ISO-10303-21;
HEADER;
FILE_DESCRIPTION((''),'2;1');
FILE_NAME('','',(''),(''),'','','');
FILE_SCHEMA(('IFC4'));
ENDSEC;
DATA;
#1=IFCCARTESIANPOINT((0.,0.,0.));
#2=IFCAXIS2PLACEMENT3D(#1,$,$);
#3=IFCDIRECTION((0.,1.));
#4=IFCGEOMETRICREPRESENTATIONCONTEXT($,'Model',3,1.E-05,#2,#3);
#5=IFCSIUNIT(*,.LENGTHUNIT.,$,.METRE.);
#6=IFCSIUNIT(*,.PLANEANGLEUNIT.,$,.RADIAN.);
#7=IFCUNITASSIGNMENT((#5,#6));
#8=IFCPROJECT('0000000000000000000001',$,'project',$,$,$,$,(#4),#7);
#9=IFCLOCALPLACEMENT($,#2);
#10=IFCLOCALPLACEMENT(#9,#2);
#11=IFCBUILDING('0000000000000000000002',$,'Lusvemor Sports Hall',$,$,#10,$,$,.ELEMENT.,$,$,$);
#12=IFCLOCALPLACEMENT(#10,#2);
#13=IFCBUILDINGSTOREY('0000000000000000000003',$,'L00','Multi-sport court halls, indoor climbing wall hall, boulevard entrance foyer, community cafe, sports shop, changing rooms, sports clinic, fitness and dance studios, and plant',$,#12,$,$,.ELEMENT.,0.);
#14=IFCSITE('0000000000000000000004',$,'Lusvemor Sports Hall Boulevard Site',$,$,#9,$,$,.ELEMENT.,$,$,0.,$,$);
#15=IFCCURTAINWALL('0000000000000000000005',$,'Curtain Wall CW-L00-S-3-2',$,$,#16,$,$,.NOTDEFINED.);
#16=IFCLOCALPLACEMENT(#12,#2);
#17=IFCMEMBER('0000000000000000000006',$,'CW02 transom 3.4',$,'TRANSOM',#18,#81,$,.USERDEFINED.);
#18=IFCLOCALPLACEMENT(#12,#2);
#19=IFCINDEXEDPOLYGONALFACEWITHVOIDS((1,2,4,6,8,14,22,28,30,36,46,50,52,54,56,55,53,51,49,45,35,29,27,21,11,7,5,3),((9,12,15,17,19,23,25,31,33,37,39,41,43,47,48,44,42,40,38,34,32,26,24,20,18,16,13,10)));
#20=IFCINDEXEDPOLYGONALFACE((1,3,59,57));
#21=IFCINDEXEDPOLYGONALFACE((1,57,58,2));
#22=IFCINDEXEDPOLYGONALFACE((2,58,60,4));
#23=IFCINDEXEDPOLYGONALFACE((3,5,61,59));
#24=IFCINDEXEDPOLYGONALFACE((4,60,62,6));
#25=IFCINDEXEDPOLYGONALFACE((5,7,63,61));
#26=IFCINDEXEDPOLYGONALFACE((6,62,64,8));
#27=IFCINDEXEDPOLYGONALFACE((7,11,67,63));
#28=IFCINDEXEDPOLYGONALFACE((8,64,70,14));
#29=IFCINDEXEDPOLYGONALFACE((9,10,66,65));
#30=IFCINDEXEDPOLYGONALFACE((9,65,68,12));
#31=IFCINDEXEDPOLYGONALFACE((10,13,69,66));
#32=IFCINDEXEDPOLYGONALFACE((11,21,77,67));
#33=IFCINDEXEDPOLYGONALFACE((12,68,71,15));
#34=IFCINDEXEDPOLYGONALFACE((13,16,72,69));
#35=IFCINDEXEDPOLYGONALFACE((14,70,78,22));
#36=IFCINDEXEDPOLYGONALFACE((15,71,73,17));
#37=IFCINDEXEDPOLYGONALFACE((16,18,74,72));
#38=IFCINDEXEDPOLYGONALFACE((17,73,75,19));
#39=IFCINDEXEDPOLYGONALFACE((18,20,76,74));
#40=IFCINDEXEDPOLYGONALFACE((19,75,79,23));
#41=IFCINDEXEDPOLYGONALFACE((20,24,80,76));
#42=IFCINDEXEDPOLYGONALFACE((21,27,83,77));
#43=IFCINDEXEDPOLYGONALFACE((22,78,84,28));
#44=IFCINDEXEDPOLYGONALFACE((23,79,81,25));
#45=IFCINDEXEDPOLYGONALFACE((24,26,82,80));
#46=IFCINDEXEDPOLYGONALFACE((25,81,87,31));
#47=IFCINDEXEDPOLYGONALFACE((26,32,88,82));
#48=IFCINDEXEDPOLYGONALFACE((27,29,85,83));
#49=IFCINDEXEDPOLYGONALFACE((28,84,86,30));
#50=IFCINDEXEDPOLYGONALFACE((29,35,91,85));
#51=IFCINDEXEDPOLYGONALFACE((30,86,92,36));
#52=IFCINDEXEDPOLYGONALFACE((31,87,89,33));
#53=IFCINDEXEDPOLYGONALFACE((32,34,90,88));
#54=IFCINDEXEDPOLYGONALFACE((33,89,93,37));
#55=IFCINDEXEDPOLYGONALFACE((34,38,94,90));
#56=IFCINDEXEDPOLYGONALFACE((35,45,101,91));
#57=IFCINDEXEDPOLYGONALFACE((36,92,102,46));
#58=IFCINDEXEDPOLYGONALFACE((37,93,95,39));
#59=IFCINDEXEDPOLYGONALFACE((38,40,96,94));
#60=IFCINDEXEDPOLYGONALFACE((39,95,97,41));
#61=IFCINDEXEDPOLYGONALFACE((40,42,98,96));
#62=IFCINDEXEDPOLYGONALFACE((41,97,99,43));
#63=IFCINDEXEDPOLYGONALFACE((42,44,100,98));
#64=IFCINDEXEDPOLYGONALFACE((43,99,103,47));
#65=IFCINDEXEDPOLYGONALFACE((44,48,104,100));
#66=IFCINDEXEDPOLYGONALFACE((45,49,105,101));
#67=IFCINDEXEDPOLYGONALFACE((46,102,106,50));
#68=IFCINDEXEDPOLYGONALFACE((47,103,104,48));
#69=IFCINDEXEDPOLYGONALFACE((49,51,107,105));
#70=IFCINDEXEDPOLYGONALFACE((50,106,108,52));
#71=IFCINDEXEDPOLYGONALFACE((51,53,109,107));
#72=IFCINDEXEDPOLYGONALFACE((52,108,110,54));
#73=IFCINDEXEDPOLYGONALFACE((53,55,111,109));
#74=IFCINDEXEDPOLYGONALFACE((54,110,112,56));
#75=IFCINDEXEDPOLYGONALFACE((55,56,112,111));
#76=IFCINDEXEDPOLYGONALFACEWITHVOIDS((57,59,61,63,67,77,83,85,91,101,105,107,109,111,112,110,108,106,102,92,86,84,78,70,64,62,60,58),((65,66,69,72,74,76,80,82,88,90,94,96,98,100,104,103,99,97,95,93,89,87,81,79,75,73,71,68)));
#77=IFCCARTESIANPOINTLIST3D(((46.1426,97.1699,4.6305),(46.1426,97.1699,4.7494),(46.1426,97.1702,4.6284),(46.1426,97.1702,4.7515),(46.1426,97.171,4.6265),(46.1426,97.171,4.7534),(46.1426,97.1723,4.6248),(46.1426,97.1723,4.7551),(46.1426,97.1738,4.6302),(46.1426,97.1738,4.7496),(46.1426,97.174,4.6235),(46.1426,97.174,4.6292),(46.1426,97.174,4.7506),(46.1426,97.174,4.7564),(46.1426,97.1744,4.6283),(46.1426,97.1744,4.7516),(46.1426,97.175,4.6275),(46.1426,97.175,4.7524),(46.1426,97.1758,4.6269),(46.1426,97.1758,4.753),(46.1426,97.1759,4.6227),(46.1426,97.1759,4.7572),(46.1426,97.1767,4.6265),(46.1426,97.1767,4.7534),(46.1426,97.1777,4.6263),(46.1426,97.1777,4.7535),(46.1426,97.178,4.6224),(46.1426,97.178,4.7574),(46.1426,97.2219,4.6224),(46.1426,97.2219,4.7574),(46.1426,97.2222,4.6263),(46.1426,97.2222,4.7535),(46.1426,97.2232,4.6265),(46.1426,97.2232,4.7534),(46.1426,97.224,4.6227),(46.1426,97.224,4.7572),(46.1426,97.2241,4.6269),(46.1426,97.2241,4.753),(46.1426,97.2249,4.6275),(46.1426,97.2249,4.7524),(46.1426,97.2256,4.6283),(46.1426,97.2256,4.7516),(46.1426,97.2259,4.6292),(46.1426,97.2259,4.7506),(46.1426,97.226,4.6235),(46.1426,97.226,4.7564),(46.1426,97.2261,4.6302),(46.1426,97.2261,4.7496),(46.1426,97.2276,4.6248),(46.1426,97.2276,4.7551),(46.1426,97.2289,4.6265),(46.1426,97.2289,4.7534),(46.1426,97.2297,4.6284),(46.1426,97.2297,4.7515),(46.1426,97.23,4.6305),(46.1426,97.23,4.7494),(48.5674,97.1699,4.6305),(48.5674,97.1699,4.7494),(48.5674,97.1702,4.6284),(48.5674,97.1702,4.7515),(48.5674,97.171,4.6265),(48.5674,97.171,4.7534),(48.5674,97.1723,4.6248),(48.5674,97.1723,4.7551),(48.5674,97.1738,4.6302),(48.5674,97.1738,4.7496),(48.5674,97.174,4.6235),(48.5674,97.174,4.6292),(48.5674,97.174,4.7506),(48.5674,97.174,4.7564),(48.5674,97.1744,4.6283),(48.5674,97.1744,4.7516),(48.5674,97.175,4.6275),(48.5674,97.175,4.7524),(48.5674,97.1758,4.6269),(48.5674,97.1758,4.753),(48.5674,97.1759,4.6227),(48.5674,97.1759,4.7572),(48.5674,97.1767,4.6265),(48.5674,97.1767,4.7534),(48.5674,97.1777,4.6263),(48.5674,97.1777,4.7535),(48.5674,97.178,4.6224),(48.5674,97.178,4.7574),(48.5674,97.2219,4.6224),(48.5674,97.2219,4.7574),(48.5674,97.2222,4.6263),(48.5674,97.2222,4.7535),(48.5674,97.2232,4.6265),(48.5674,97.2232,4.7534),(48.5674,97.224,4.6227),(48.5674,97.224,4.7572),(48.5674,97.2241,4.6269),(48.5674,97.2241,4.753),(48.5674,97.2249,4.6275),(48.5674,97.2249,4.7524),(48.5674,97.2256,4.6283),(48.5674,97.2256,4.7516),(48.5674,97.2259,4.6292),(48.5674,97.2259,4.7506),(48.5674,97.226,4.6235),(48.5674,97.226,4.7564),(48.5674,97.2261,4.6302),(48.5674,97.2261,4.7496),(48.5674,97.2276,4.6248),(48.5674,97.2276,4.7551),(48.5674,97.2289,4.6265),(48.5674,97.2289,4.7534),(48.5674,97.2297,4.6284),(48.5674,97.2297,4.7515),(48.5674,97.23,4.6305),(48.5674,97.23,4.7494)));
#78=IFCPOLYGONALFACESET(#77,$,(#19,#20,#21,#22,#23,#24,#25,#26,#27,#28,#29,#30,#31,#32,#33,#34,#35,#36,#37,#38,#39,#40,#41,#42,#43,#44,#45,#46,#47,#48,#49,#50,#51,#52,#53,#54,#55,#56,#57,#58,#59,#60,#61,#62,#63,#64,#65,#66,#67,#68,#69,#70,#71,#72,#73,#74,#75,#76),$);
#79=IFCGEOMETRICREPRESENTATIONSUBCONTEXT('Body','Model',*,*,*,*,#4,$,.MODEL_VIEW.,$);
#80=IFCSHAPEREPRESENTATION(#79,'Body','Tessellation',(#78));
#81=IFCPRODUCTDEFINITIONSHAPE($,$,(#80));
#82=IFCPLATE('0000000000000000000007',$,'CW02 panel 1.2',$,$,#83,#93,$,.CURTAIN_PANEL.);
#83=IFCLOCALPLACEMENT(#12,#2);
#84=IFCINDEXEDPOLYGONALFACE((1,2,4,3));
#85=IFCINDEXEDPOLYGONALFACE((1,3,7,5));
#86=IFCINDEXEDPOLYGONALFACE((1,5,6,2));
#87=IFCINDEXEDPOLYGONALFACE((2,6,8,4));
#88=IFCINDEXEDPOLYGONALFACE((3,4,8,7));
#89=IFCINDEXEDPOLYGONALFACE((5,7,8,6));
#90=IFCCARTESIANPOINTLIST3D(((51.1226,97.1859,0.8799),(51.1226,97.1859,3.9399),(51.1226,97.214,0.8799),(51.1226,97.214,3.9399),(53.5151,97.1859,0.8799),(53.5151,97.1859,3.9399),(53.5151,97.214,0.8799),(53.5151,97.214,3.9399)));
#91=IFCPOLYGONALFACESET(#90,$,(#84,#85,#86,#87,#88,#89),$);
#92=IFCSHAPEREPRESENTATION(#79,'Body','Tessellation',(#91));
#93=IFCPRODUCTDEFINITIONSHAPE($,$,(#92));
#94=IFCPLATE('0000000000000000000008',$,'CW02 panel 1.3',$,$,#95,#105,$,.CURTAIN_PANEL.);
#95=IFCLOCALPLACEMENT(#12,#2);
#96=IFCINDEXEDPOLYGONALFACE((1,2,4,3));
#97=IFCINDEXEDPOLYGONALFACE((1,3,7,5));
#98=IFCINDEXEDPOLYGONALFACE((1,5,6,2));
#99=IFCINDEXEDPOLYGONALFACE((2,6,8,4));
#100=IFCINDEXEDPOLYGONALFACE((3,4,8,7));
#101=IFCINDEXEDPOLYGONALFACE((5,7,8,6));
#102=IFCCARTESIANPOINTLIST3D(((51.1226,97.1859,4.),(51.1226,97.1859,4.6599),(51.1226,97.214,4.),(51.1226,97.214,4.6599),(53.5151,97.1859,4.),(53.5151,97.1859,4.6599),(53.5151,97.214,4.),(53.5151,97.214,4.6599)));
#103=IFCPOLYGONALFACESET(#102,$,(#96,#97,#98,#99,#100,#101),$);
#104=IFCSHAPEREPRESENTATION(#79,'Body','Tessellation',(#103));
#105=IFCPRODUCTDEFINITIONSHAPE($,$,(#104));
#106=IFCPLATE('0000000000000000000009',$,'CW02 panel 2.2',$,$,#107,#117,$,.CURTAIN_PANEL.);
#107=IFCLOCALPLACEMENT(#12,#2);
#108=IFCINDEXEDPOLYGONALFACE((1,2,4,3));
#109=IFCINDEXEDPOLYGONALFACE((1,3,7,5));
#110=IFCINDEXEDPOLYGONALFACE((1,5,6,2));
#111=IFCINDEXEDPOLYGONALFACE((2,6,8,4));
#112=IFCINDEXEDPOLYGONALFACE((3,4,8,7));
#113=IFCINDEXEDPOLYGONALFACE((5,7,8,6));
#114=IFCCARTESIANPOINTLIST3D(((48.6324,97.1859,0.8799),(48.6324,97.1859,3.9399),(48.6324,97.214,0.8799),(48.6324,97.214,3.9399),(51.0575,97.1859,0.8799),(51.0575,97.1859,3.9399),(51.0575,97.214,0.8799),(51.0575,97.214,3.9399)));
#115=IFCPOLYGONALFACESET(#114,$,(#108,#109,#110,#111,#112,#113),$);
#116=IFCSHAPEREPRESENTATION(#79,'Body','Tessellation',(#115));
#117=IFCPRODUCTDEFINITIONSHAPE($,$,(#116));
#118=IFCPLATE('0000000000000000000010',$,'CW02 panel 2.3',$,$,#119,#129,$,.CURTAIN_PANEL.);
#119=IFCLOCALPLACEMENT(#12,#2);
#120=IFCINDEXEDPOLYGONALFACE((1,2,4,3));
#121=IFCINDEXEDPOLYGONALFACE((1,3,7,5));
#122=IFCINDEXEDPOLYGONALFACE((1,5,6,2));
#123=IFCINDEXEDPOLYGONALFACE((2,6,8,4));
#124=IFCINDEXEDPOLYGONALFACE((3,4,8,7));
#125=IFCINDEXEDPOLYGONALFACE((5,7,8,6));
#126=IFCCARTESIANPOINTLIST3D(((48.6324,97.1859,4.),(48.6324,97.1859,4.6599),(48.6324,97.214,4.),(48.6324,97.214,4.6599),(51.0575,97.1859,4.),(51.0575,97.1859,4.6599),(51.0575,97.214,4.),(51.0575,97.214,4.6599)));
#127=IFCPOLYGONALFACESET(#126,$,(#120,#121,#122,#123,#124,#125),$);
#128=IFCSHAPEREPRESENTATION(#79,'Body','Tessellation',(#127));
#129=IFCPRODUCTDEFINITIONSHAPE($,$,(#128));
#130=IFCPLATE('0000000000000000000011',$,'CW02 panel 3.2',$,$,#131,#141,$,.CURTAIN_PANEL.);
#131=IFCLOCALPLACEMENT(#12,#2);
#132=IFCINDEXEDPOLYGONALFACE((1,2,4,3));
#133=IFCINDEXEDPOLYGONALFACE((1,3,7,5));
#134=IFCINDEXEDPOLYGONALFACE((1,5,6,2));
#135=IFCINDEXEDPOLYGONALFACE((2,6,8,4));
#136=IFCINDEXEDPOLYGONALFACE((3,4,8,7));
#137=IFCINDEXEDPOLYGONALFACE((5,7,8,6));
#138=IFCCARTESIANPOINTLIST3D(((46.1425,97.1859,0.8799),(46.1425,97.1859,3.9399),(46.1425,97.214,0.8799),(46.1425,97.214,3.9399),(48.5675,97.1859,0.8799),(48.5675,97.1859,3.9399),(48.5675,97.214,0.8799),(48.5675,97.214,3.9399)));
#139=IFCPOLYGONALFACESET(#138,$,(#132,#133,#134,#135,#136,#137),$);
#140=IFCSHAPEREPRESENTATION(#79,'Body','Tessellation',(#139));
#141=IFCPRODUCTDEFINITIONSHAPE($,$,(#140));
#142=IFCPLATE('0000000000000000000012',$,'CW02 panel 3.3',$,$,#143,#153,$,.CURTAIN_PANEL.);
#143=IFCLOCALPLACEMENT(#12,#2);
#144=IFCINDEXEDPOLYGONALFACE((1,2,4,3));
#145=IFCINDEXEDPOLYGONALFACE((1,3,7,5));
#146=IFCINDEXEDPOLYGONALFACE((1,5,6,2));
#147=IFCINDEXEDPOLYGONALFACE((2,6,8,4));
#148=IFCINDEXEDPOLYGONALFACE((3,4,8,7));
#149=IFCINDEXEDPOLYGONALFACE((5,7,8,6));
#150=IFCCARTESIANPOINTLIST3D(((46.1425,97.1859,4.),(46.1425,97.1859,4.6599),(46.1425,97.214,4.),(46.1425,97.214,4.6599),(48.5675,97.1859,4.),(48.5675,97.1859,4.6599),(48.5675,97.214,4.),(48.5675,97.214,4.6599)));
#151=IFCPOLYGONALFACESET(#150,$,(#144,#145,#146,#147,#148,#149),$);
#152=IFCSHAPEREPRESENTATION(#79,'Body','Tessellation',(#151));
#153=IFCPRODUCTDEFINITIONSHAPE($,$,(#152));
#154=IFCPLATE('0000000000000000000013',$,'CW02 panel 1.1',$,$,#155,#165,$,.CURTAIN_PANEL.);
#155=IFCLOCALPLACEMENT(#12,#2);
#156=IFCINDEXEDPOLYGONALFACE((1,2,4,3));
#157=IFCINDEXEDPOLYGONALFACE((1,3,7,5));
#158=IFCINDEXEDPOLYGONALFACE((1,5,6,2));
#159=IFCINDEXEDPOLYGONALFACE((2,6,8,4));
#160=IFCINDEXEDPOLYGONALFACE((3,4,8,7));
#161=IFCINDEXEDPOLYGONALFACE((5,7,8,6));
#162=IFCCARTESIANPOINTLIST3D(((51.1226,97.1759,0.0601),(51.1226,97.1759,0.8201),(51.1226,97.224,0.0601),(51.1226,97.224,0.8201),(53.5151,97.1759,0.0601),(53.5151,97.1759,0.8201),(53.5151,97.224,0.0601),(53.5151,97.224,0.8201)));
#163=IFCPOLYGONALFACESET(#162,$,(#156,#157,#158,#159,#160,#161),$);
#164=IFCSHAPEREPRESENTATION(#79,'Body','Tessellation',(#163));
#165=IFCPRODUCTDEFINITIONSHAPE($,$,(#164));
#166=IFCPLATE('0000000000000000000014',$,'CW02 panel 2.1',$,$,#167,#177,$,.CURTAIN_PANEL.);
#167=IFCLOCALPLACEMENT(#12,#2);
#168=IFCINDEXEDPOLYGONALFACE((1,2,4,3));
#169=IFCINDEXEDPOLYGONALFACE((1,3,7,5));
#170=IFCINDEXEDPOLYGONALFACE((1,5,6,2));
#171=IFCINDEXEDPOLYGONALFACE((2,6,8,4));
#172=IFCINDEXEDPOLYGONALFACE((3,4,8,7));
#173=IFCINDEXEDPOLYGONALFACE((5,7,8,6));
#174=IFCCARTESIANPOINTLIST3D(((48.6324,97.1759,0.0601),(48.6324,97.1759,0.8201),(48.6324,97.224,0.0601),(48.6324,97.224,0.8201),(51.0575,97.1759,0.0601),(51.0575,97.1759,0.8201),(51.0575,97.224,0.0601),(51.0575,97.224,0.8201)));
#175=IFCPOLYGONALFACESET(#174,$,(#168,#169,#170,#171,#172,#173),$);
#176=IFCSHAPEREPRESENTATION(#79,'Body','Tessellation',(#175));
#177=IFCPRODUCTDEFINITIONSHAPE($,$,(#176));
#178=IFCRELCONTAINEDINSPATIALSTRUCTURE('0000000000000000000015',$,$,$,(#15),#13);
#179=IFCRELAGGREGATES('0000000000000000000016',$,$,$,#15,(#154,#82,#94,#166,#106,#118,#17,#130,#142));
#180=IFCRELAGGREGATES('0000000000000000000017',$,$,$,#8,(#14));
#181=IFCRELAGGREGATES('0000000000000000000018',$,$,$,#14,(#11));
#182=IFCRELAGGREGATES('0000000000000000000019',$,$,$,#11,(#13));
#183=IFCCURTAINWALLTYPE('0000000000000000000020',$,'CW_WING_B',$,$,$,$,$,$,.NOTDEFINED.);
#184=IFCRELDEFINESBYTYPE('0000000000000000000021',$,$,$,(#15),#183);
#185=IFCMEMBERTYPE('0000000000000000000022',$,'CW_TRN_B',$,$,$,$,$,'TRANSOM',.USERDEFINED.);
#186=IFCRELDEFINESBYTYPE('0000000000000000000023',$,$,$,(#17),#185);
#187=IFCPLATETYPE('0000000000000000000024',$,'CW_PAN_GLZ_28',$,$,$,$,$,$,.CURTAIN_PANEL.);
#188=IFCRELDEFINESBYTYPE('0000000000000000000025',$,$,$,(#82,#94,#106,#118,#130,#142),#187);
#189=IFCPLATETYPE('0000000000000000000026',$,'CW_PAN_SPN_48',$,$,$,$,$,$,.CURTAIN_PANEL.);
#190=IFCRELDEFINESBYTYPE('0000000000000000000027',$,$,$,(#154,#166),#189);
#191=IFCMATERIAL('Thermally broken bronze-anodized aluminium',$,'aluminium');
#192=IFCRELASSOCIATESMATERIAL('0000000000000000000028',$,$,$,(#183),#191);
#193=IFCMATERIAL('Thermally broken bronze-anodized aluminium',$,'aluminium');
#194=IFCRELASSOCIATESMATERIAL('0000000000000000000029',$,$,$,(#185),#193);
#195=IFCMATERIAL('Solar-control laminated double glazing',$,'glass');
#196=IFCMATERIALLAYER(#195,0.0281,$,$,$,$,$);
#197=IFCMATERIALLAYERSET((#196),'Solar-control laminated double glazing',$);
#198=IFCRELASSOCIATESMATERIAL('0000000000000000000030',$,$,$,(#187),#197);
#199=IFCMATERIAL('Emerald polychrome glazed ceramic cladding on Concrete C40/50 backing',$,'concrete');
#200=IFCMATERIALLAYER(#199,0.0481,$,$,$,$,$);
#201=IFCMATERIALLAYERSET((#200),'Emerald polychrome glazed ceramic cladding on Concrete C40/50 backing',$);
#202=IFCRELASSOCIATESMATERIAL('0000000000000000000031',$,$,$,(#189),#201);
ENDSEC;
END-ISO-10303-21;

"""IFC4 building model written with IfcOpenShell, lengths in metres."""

from ifc_helpers import new_model, si_unit, direction, frame, origin, origin_2d, place, context, subcontext, project, spatial, rectangle, hollow_rectangle, extrude, material, layer, layer_set, material_profile, profile_set, type_object, element, aggregate, save


model = new_model("IFC4")

# Units and contexts
model_context = context("Model", 3, precision=1e-05, world=origin(), true_north=direction((0.0, 1.0)))
body_context = subcontext(model_context, "Body", "Model", "MODEL_VIEW")
ifc_project = project(units=[si_unit("LENGTHUNIT", "METRE"), si_unit("PLANEANGLEUNIT", "RADIAN")], contexts=[model_context])

# Site, building, storey
site_placement = place(None, origin())
site = spatial("IfcSite", under=ifc_project, at=site_placement, Name="Lusvemor Sports Hall Boulevard Site", CompositionType="ELEMENT", RefElevation=0.0)
building_placement = place(site_placement, origin())
building = spatial("IfcBuilding", under=site, at=building_placement, Name="Lusvemor Sports Hall", CompositionType="ELEMENT")
storey_placement = place(building_placement, origin())
storey = spatial("IfcBuildingStorey", under=building, at=storey_placement, Name="L00", Description="Multi-sport court halls, indoor climbing wall hall, boulevard entrance foyer, community cafe, sports shop, changing rooms, sports clinic, fitness and dance studios, and plant", CompositionType="ELEMENT", Elevation=0.0)

# Curtain wall
ifc_material_1 = material(Name="Thermally broken bronze-anodized aluminium", Category="aluminium")
curtain_wall_type = type_object("IfcCurtainWallType", Name="CW_WING_B", PredefinedType="NOTDEFINED", material=ifc_material_1)
curtain_wall_1_placement = place(storey_placement, origin())
curtain_wall_1 = element("IfcCurtainWall", 1, at=curtain_wall_1_placement, inside=storey, type_object=curtain_wall_type, Name="Curtain Wall CW-L00-S-3-2", PredefinedType="NOTDEFINED")

# Member
ifc_material_2 = material(Name="Thermally broken bronze-anodized aluminium", Category="aluminium")
ifc_material_profile_1 = material_profile(ifc_material_2, hollow_rectangle(XDim=0.0601, YDim=0.135, WallThickness=0.0039, InnerFilletRadius=0.0039, OuterFilletRadius=0.0081, at=origin_2d()), Name="CWTRN135x60x4")
ifc_profile_set_1 = profile_set([ifc_material_profile_1], Name="Thermally broken bronze-anodized aluminium")
member_type_1 = type_object("IfcMemberType", Name="CW_TRN_B", ElementType="TRANSOM", PredefinedType="USERDEFINED", material=ifc_profile_set_1)
member_1_placement = place(storey_placement, frame((48.5674, 97.2, 4.6899), z_axis=(-1.0, 0.0, 0.0), x_axis=(0.0, -1.0, 0.0)))
member_1 = element("IfcMember", 2, at=member_1_placement, type_object=member_type_1, Name="CW02 transom 3.4", ObjectType="TRANSOM", PredefinedType="USERDEFINED", context=body_context, shape_type="SweptSolid", body=[
    extrude(hollow_rectangle(XDim=0.0601, YDim=0.135, WallThickness=0.0039, InnerFilletRadius=0.0039, OuterFilletRadius=0.0081, at=origin_2d()), origin(), (0.0, 0.0, 1.0), 2.4248),
])

# Plates
ifc_material_3 = material(Name="Solar-control laminated double glazing", Category="glass")
ifc_layer_1 = layer(ifc_material_3, 0.0281)
ifc_layer_set_1 = layer_set([ifc_layer_1], Name="Solar-control laminated double glazing")
plate_type_1 = type_object("IfcPlateType", Name="CW_PAN_GLZ_28", PredefinedType="CURTAIN_PANEL", material=ifc_layer_set_1)
plate_1_placement = place(storey_placement, frame((52.3188, 97.2, 0.8799), z_axis=(0.0, 0.0, 1.0), x_axis=(-1.0, 0.0, 0.0)))
plate_1 = element("IfcPlate", 3, at=plate_1_placement, type_object=plate_type_1, Name="CW02 panel 1.2", PredefinedType="CURTAIN_PANEL", context=body_context, shape_type="SweptSolid", body=[
    extrude(rectangle(XDim=2.3926, YDim=0.0281, at=origin_2d()), origin(), (0.0, 0.0, 1.0), 3.0601),
])
plate_2_placement = place(storey_placement, frame((52.3188, 97.2, 4.0), z_axis=(0.0, 0.0, 1.0), x_axis=(-1.0, 0.0, 0.0)))
plate_2 = element("IfcPlate", 4, at=plate_2_placement, type_object=plate_type_1, Name="CW02 panel 1.3", PredefinedType="CURTAIN_PANEL", context=body_context, shape_type="SweptSolid", body=[
    extrude(rectangle(XDim=2.3926, YDim=0.0281, at=origin_2d()), origin(), (0.0, 0.0, 1.0), 0.6599),
])
plate_3_placement = place(storey_placement, frame((49.845, 97.2, 0.8799), z_axis=(0.0, 0.0, 1.0), x_axis=(-1.0, 0.0, 0.0)))
plate_3 = element("IfcPlate", 5, at=plate_3_placement, type_object=plate_type_1, Name="CW02 panel 2.2", PredefinedType="CURTAIN_PANEL", context=body_context, shape_type="SweptSolid", body=[
    extrude(rectangle(XDim=2.425, YDim=0.0281, at=origin_2d()), origin(), (0.0, 0.0, 1.0), 3.0601),
])
plate_4_placement = place(storey_placement, frame((49.845, 97.2, 4.0), z_axis=(0.0, 0.0, 1.0), x_axis=(-1.0, 0.0, 0.0)))
plate_4 = element("IfcPlate", 6, at=plate_4_placement, type_object=plate_type_1, Name="CW02 panel 2.3", PredefinedType="CURTAIN_PANEL", context=body_context, shape_type="SweptSolid", body=[
    extrude(rectangle(XDim=2.425, YDim=0.0281, at=origin_2d()), origin(), (0.0, 0.0, 1.0), 0.6599),
])
plate_5_placement = place(storey_placement, frame((47.355, 97.2, 0.8799), z_axis=(0.0, 0.0, 1.0), x_axis=(-1.0, 0.0, 0.0)))
plate_5 = element("IfcPlate", 7, at=plate_5_placement, type_object=plate_type_1, Name="CW02 panel 3.2", PredefinedType="CURTAIN_PANEL", context=body_context, shape_type="SweptSolid", body=[
    extrude(rectangle(XDim=2.425, YDim=0.0281, at=origin_2d()), origin(), (0.0, 0.0, 1.0), 3.0601),
])
plate_6_placement = place(storey_placement, frame((47.355, 97.2, 4.0), z_axis=(0.0, 0.0, 1.0), x_axis=(-1.0, 0.0, 0.0)))
plate_6 = element("IfcPlate", 8, at=plate_6_placement, type_object=plate_type_1, Name="CW02 panel 3.3", PredefinedType="CURTAIN_PANEL", context=body_context, shape_type="SweptSolid", body=[
    extrude(rectangle(XDim=2.425, YDim=0.0281, at=origin_2d()), origin(), (0.0, 0.0, 1.0), 0.6599),
])
ifc_material_4 = material(Name="Emerald polychrome glazed ceramic cladding on Concrete C40/50 backing", Category="concrete")
ifc_layer_2 = layer(ifc_material_4, 0.0481)
ifc_layer_set_2 = layer_set([ifc_layer_2], Name="Emerald polychrome glazed ceramic cladding on Concrete C40/50 backing")
plate_type_2 = type_object("IfcPlateType", Name="CW_PAN_SPN_48", PredefinedType="CURTAIN_PANEL", material=ifc_layer_set_2)
plate_7_placement = place(storey_placement, frame((52.3188, 97.2, 0.0601), z_axis=(0.0, 0.0, 1.0), x_axis=(-1.0, 0.0, 0.0)))
plate_7 = element("IfcPlate", 9, at=plate_7_placement, type_object=plate_type_2, Name="CW02 panel 1.1", PredefinedType="CURTAIN_PANEL", context=body_context, shape_type="SweptSolid", body=[
    extrude(rectangle(XDim=2.3926, YDim=0.0481, at=origin_2d()), origin(), (0.0, 0.0, 1.0), 0.76),
])
plate_8_placement = place(storey_placement, frame((49.845, 97.2, 0.0601), z_axis=(0.0, 0.0, 1.0), x_axis=(-1.0, 0.0, 0.0)))
plate_8 = element("IfcPlate", 10, at=plate_8_placement, type_object=plate_type_2, Name="CW02 panel 2.1", PredefinedType="CURTAIN_PANEL", context=body_context, shape_type="SweptSolid", body=[
    extrude(rectangle(XDim=2.425, YDim=0.0481, at=origin_2d()), origin(), (0.0, 0.0, 1.0), 0.76),
])
aggregate(curtain_wall_1, [plate_7, plate_1, plate_2, plate_8, plate_3, plate_4, member_1, plate_5, plate_6])

save(model, "model.ifc")
